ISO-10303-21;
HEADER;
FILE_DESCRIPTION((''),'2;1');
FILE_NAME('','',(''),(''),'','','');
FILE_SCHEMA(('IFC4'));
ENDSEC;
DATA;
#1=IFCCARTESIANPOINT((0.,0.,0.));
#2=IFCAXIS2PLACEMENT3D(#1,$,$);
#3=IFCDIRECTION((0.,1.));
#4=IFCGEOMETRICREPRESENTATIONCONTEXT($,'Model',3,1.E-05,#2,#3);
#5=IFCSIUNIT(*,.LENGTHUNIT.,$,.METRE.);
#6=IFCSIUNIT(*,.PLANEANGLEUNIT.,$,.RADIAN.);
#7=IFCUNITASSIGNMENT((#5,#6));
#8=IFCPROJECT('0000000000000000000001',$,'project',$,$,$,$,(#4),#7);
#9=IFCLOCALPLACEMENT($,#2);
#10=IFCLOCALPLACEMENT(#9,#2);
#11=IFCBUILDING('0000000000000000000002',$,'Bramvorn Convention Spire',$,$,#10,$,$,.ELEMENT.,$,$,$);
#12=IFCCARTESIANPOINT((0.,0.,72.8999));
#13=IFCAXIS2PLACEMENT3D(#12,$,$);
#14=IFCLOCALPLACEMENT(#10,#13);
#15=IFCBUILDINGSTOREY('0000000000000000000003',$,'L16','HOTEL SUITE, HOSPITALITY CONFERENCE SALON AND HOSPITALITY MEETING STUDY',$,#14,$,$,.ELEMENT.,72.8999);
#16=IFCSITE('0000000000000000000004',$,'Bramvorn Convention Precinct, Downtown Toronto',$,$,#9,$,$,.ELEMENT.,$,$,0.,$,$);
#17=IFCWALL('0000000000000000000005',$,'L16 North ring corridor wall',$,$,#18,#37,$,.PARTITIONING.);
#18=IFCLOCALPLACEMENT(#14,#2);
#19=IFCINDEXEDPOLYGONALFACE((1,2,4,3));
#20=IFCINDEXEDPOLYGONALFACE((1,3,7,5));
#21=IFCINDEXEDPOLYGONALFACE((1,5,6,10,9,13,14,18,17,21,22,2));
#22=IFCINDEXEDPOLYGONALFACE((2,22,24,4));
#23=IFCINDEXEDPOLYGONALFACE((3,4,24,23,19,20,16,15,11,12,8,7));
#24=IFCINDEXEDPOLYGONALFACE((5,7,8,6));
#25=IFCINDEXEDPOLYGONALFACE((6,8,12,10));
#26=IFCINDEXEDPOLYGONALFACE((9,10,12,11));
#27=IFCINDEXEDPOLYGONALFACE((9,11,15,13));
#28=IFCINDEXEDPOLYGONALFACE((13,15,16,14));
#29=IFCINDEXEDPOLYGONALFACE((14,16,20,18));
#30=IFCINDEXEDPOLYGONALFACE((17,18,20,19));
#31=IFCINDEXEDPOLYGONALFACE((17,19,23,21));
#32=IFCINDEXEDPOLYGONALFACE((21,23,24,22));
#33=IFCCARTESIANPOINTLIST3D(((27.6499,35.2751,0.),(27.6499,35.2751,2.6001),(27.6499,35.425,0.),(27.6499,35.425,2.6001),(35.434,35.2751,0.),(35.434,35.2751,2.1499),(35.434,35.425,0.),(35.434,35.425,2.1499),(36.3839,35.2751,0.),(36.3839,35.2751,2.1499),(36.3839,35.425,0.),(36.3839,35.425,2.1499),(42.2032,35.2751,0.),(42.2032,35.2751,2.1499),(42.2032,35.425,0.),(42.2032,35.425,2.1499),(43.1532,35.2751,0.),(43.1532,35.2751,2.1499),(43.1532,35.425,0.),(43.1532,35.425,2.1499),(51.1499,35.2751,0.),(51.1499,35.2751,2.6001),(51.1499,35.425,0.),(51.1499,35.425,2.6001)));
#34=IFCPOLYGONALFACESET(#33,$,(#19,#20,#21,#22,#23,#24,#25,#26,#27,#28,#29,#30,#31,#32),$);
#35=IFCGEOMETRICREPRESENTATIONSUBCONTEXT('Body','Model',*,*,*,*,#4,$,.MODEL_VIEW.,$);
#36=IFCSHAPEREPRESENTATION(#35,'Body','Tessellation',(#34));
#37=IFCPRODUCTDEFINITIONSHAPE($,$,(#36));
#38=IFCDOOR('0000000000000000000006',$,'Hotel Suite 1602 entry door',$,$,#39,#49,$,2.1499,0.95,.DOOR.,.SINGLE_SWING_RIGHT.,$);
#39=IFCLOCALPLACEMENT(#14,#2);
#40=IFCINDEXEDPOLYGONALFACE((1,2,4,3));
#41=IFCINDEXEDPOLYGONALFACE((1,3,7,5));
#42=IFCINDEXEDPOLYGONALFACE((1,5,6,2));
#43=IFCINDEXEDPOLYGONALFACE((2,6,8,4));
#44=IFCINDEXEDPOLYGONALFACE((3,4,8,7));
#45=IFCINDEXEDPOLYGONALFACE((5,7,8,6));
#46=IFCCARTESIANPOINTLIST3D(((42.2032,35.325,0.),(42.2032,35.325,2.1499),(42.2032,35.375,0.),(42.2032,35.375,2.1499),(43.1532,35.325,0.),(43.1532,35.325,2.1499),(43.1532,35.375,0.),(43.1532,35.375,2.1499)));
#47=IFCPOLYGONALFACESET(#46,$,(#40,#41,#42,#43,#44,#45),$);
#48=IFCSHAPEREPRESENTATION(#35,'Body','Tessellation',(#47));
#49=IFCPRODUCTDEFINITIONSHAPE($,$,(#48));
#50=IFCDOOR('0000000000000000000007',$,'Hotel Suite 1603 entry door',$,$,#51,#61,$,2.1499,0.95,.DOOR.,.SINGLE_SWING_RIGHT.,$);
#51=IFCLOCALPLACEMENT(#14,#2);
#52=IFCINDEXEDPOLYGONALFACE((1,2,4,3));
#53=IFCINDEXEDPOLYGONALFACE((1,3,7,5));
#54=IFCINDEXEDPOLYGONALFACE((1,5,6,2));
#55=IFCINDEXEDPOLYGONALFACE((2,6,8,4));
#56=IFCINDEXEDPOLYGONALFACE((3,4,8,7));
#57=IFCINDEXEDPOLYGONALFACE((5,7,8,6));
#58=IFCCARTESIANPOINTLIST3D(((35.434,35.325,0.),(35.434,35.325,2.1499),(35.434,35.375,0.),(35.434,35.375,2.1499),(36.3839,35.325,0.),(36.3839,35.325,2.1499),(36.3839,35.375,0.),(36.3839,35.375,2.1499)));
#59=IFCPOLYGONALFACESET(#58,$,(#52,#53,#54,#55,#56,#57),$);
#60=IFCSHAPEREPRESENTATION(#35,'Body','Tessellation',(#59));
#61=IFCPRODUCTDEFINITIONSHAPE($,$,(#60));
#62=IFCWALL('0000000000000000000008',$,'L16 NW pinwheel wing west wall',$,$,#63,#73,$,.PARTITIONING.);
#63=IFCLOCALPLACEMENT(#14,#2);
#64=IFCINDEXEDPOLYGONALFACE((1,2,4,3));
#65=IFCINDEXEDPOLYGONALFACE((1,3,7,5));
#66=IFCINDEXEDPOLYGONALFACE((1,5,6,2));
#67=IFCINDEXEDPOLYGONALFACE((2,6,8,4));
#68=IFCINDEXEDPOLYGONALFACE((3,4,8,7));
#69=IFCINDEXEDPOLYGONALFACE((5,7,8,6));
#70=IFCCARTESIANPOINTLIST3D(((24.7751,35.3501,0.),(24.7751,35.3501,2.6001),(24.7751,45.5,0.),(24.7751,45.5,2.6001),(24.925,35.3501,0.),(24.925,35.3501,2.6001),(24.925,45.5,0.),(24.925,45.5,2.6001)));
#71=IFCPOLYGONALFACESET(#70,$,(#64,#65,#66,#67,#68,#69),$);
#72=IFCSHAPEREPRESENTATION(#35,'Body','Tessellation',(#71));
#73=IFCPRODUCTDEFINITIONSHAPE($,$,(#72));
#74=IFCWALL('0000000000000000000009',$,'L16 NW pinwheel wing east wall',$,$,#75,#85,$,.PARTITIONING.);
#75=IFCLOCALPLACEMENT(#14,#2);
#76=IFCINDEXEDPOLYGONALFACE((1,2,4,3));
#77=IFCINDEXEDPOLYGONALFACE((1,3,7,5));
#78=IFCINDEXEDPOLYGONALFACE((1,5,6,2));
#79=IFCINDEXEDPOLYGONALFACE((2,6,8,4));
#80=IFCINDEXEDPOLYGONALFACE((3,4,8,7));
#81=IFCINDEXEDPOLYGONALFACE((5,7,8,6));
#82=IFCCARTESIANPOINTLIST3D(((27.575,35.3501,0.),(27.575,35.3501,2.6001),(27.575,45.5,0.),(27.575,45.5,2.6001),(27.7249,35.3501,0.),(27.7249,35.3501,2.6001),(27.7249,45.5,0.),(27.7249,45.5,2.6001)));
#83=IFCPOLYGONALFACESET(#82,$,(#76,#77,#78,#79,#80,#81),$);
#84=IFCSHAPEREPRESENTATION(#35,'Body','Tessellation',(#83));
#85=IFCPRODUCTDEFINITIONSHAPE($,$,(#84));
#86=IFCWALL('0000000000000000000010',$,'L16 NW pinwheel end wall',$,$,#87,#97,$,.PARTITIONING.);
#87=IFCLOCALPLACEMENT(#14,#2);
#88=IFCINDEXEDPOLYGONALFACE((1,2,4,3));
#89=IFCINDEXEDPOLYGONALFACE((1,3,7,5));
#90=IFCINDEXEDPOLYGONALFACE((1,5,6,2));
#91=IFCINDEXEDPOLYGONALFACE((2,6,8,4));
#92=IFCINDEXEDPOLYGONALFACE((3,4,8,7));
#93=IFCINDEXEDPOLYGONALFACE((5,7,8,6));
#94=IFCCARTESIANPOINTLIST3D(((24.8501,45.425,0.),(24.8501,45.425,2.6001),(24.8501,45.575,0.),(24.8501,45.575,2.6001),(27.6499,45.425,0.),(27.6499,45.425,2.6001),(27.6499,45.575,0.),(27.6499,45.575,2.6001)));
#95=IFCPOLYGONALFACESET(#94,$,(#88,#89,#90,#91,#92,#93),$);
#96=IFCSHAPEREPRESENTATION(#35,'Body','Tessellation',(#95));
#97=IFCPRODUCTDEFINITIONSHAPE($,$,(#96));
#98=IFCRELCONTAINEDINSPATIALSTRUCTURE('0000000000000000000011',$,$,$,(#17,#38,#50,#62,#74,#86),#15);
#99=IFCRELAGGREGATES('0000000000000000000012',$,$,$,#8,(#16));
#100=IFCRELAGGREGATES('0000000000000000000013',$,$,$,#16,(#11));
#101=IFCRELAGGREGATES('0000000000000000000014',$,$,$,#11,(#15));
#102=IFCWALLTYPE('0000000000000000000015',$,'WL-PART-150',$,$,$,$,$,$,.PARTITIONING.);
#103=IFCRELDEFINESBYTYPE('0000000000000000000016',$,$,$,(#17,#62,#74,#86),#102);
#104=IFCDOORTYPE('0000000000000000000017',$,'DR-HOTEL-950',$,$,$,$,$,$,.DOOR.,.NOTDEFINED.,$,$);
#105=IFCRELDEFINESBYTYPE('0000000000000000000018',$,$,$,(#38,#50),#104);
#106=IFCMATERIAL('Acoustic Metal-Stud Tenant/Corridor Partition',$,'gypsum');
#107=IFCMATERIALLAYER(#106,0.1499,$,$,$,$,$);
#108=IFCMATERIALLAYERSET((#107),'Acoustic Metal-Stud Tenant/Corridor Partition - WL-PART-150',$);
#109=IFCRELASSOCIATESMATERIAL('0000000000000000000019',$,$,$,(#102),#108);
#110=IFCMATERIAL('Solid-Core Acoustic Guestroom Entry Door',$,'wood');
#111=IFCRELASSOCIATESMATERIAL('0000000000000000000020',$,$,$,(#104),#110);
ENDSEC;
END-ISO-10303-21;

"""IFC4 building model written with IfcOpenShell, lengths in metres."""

from ifc_helpers import new_model, si_unit, direction, frame, frame_2d, origin, place, context, subcontext, project, spatial, rectangle, extrude, material, layer, layer_set, type_object, element, fill, save


model = new_model("IFC4")

# Units and contexts
model_context = context("Model", 3, precision=1e-05, world=origin(), true_north=direction((0.0, 1.0)))
body_context = subcontext(model_context, "Body", "Model", "MODEL_VIEW")
ifc_project = project(units=[si_unit("LENGTHUNIT", "METRE"), si_unit("PLANEANGLEUNIT", "RADIAN")], contexts=[model_context])

# Site, building, storey
site_placement = place(None, origin())
site = spatial("IfcSite", under=ifc_project, at=site_placement, Name="Bramvorn Convention Precinct, Downtown Toronto", CompositionType="ELEMENT", RefElevation=0.0)
building_placement = place(site_placement, origin())
building = spatial("IfcBuilding", under=site, at=building_placement, Name="Bramvorn Convention Spire", CompositionType="ELEMENT")
storey_placement = place(building_placement, frame((0.0, 0.0, 72.8999)))
storey = spatial("IfcBuildingStorey", under=building, at=storey_placement, Name="L16", Description="HOTEL SUITE, HOSPITALITY CONFERENCE SALON AND HOSPITALITY MEETING STUDY", CompositionType="ELEMENT", Elevation=72.8999)

# Wall, openings, doors
ifc_material_1 = material(Name="Acoustic Metal-Stud Tenant/Corridor Partition", Category="gypsum")
ifc_layer_1 = layer(ifc_material_1, 0.1499)
ifc_layer_set_1 = layer_set([ifc_layer_1], Name="Acoustic Metal-Stud Tenant/Corridor Partition - WL-PART-150")
wall_type_1 = type_object("IfcWallType", Name="WL-PART-150", PredefinedType="PARTITIONING", material=ifc_layer_set_1)
wall_1_placement = place(storey_placement, frame((27.6499, 35.3501, 0.0), z_axis=(0.0, 0.0, 1.0), x_axis=(1.0, 0.0, 0.0)))
wall_1 = element("IfcWall", 1, at=wall_1_placement, inside=storey, type_object=wall_type_1, Name="L16 North ring corridor wall", PredefinedType="PARTITIONING", context=body_context, shape_type="SweptSolid", body=[
    extrude(rectangle(XDim=23.5, YDim=0.1499, at=frame_2d((11.75, 0.0))), origin(), (0.0, 0.0, 1.0), 2.6001),
])
opening_1_placement = place(wall_1_placement, frame((14.5532, 0.0, 0.0)))
opening_1 = element("IfcOpeningElement", 2, at=opening_1_placement, cuts=wall_1, PredefinedType="OPENING", context=body_context, shape_type="SweptSolid", body=[
    extrude(rectangle(XDim=0.95, YDim=2.1499, at=frame_2d((0.4751, 1.075))), frame((0.0, 0.085, 0.0), z_axis=(0.0, -1.0, 0.0), x_axis=(1.0, 0.0, 0.0)), (0.0, 0.0, 1.0), 0.1699),
])
opening_2_placement = place(wall_1_placement, frame((7.7839, 0.0, 0.0)))
opening_2 = element("IfcOpeningElement", 3, at=opening_2_placement, cuts=wall_1, PredefinedType="OPENING", context=body_context, shape_type="SweptSolid", body=[
    extrude(rectangle(XDim=0.95, YDim=2.1499, at=frame_2d((0.4751, 1.075))), frame((0.0, 0.085, 0.0), z_axis=(0.0, -1.0, 0.0), x_axis=(1.0, 0.0, 0.0)), (0.0, 0.0, 1.0), 0.1699),
])
ifc_material_2 = material(Name="Solid-Core Acoustic Guestroom Entry Door", Category="wood")
door_type_1 = type_object("IfcDoorType", Name="DR-HOTEL-950", OperationType="NOTDEFINED", PredefinedType="DOOR", material=ifc_material_2)
door_1_placement = place(opening_1_placement, origin())
door_1 = element("IfcDoor", 4, at=door_1_placement, inside=storey, type_object=door_type_1, Name="Hotel Suite 1602 entry door", OperationType="SINGLE_SWING_RIGHT", OverallHeight=2.1499, OverallWidth=0.95, PredefinedType="DOOR", context=body_context, shape_type="SweptSolid", body=[
    extrude(rectangle(XDim=0.95, YDim=2.1499, at=frame_2d((0.4751, 1.075))), frame((0.0, 0.0249, 0.0), z_axis=(0.0, -1.0, 0.0), x_axis=(1.0, 0.0, 0.0)), (0.0, 0.0, 1.0), 0.05),
])
fill(opening_1, door_1)
door_2_placement = place(opening_2_placement, origin())
door_2 = element("IfcDoor", 5, at=door_2_placement, inside=storey, type_object=door_type_1, Name="Hotel Suite 1603 entry door", OperationType="SINGLE_SWING_RIGHT", OverallHeight=2.1499, OverallWidth=0.95, PredefinedType="DOOR", context=body_context, shape_type="SweptSolid", body=[
    extrude(rectangle(XDim=0.95, YDim=2.1499, at=frame_2d((0.4751, 1.075))), frame((0.0, 0.0249, 0.0), z_axis=(0.0, -1.0, 0.0), x_axis=(1.0, 0.0, 0.0)), (0.0, 0.0, 1.0), 0.05),
])
fill(opening_2, door_2)

# Walls
for number, where, z_axis, x_axis, name in (
    (6, (24.8501, 35.3501, 0.0), (0.0, 0.0, 1.0), (0.0, 1.0, 0.0), "L16 NW pinwheel wing west wall"),
    (7, (27.6499, 35.3501, 0.0), (0.0, 0.0, 1.0), (0.0, 1.0, 0.0), "L16 NW pinwheel wing east wall"),
):
    element("IfcWall", number, at=place(storey_placement, frame(where, z_axis=z_axis, x_axis=x_axis)), inside=storey, type_object=wall_type_1, Name=name, PredefinedType="PARTITIONING", context=body_context, shape_type="SweptSolid", body=[
        extrude(rectangle(XDim=10.1499, YDim=0.1499, at=frame_2d((5.075, 0.0))), origin(), (0.0, 0.0, 1.0), 2.6001),
    ])
wall_2_placement = place(storey_placement, frame((24.8501, 45.5, 0.0), z_axis=(0.0, 0.0, 1.0), x_axis=(1.0, 0.0, 0.0)))
element("IfcWall", 8, at=wall_2_placement, inside=storey, type_object=wall_type_1, Name="L16 NW pinwheel end wall", PredefinedType="PARTITIONING", context=body_context, shape_type="SweptSolid", body=[
    extrude(rectangle(XDim=2.7998, YDim=0.1499, at=frame_2d((1.3999, 0.0))), origin(), (0.0, 0.0, 1.0), 2.6001),
])

save(model, "model.ifc")
